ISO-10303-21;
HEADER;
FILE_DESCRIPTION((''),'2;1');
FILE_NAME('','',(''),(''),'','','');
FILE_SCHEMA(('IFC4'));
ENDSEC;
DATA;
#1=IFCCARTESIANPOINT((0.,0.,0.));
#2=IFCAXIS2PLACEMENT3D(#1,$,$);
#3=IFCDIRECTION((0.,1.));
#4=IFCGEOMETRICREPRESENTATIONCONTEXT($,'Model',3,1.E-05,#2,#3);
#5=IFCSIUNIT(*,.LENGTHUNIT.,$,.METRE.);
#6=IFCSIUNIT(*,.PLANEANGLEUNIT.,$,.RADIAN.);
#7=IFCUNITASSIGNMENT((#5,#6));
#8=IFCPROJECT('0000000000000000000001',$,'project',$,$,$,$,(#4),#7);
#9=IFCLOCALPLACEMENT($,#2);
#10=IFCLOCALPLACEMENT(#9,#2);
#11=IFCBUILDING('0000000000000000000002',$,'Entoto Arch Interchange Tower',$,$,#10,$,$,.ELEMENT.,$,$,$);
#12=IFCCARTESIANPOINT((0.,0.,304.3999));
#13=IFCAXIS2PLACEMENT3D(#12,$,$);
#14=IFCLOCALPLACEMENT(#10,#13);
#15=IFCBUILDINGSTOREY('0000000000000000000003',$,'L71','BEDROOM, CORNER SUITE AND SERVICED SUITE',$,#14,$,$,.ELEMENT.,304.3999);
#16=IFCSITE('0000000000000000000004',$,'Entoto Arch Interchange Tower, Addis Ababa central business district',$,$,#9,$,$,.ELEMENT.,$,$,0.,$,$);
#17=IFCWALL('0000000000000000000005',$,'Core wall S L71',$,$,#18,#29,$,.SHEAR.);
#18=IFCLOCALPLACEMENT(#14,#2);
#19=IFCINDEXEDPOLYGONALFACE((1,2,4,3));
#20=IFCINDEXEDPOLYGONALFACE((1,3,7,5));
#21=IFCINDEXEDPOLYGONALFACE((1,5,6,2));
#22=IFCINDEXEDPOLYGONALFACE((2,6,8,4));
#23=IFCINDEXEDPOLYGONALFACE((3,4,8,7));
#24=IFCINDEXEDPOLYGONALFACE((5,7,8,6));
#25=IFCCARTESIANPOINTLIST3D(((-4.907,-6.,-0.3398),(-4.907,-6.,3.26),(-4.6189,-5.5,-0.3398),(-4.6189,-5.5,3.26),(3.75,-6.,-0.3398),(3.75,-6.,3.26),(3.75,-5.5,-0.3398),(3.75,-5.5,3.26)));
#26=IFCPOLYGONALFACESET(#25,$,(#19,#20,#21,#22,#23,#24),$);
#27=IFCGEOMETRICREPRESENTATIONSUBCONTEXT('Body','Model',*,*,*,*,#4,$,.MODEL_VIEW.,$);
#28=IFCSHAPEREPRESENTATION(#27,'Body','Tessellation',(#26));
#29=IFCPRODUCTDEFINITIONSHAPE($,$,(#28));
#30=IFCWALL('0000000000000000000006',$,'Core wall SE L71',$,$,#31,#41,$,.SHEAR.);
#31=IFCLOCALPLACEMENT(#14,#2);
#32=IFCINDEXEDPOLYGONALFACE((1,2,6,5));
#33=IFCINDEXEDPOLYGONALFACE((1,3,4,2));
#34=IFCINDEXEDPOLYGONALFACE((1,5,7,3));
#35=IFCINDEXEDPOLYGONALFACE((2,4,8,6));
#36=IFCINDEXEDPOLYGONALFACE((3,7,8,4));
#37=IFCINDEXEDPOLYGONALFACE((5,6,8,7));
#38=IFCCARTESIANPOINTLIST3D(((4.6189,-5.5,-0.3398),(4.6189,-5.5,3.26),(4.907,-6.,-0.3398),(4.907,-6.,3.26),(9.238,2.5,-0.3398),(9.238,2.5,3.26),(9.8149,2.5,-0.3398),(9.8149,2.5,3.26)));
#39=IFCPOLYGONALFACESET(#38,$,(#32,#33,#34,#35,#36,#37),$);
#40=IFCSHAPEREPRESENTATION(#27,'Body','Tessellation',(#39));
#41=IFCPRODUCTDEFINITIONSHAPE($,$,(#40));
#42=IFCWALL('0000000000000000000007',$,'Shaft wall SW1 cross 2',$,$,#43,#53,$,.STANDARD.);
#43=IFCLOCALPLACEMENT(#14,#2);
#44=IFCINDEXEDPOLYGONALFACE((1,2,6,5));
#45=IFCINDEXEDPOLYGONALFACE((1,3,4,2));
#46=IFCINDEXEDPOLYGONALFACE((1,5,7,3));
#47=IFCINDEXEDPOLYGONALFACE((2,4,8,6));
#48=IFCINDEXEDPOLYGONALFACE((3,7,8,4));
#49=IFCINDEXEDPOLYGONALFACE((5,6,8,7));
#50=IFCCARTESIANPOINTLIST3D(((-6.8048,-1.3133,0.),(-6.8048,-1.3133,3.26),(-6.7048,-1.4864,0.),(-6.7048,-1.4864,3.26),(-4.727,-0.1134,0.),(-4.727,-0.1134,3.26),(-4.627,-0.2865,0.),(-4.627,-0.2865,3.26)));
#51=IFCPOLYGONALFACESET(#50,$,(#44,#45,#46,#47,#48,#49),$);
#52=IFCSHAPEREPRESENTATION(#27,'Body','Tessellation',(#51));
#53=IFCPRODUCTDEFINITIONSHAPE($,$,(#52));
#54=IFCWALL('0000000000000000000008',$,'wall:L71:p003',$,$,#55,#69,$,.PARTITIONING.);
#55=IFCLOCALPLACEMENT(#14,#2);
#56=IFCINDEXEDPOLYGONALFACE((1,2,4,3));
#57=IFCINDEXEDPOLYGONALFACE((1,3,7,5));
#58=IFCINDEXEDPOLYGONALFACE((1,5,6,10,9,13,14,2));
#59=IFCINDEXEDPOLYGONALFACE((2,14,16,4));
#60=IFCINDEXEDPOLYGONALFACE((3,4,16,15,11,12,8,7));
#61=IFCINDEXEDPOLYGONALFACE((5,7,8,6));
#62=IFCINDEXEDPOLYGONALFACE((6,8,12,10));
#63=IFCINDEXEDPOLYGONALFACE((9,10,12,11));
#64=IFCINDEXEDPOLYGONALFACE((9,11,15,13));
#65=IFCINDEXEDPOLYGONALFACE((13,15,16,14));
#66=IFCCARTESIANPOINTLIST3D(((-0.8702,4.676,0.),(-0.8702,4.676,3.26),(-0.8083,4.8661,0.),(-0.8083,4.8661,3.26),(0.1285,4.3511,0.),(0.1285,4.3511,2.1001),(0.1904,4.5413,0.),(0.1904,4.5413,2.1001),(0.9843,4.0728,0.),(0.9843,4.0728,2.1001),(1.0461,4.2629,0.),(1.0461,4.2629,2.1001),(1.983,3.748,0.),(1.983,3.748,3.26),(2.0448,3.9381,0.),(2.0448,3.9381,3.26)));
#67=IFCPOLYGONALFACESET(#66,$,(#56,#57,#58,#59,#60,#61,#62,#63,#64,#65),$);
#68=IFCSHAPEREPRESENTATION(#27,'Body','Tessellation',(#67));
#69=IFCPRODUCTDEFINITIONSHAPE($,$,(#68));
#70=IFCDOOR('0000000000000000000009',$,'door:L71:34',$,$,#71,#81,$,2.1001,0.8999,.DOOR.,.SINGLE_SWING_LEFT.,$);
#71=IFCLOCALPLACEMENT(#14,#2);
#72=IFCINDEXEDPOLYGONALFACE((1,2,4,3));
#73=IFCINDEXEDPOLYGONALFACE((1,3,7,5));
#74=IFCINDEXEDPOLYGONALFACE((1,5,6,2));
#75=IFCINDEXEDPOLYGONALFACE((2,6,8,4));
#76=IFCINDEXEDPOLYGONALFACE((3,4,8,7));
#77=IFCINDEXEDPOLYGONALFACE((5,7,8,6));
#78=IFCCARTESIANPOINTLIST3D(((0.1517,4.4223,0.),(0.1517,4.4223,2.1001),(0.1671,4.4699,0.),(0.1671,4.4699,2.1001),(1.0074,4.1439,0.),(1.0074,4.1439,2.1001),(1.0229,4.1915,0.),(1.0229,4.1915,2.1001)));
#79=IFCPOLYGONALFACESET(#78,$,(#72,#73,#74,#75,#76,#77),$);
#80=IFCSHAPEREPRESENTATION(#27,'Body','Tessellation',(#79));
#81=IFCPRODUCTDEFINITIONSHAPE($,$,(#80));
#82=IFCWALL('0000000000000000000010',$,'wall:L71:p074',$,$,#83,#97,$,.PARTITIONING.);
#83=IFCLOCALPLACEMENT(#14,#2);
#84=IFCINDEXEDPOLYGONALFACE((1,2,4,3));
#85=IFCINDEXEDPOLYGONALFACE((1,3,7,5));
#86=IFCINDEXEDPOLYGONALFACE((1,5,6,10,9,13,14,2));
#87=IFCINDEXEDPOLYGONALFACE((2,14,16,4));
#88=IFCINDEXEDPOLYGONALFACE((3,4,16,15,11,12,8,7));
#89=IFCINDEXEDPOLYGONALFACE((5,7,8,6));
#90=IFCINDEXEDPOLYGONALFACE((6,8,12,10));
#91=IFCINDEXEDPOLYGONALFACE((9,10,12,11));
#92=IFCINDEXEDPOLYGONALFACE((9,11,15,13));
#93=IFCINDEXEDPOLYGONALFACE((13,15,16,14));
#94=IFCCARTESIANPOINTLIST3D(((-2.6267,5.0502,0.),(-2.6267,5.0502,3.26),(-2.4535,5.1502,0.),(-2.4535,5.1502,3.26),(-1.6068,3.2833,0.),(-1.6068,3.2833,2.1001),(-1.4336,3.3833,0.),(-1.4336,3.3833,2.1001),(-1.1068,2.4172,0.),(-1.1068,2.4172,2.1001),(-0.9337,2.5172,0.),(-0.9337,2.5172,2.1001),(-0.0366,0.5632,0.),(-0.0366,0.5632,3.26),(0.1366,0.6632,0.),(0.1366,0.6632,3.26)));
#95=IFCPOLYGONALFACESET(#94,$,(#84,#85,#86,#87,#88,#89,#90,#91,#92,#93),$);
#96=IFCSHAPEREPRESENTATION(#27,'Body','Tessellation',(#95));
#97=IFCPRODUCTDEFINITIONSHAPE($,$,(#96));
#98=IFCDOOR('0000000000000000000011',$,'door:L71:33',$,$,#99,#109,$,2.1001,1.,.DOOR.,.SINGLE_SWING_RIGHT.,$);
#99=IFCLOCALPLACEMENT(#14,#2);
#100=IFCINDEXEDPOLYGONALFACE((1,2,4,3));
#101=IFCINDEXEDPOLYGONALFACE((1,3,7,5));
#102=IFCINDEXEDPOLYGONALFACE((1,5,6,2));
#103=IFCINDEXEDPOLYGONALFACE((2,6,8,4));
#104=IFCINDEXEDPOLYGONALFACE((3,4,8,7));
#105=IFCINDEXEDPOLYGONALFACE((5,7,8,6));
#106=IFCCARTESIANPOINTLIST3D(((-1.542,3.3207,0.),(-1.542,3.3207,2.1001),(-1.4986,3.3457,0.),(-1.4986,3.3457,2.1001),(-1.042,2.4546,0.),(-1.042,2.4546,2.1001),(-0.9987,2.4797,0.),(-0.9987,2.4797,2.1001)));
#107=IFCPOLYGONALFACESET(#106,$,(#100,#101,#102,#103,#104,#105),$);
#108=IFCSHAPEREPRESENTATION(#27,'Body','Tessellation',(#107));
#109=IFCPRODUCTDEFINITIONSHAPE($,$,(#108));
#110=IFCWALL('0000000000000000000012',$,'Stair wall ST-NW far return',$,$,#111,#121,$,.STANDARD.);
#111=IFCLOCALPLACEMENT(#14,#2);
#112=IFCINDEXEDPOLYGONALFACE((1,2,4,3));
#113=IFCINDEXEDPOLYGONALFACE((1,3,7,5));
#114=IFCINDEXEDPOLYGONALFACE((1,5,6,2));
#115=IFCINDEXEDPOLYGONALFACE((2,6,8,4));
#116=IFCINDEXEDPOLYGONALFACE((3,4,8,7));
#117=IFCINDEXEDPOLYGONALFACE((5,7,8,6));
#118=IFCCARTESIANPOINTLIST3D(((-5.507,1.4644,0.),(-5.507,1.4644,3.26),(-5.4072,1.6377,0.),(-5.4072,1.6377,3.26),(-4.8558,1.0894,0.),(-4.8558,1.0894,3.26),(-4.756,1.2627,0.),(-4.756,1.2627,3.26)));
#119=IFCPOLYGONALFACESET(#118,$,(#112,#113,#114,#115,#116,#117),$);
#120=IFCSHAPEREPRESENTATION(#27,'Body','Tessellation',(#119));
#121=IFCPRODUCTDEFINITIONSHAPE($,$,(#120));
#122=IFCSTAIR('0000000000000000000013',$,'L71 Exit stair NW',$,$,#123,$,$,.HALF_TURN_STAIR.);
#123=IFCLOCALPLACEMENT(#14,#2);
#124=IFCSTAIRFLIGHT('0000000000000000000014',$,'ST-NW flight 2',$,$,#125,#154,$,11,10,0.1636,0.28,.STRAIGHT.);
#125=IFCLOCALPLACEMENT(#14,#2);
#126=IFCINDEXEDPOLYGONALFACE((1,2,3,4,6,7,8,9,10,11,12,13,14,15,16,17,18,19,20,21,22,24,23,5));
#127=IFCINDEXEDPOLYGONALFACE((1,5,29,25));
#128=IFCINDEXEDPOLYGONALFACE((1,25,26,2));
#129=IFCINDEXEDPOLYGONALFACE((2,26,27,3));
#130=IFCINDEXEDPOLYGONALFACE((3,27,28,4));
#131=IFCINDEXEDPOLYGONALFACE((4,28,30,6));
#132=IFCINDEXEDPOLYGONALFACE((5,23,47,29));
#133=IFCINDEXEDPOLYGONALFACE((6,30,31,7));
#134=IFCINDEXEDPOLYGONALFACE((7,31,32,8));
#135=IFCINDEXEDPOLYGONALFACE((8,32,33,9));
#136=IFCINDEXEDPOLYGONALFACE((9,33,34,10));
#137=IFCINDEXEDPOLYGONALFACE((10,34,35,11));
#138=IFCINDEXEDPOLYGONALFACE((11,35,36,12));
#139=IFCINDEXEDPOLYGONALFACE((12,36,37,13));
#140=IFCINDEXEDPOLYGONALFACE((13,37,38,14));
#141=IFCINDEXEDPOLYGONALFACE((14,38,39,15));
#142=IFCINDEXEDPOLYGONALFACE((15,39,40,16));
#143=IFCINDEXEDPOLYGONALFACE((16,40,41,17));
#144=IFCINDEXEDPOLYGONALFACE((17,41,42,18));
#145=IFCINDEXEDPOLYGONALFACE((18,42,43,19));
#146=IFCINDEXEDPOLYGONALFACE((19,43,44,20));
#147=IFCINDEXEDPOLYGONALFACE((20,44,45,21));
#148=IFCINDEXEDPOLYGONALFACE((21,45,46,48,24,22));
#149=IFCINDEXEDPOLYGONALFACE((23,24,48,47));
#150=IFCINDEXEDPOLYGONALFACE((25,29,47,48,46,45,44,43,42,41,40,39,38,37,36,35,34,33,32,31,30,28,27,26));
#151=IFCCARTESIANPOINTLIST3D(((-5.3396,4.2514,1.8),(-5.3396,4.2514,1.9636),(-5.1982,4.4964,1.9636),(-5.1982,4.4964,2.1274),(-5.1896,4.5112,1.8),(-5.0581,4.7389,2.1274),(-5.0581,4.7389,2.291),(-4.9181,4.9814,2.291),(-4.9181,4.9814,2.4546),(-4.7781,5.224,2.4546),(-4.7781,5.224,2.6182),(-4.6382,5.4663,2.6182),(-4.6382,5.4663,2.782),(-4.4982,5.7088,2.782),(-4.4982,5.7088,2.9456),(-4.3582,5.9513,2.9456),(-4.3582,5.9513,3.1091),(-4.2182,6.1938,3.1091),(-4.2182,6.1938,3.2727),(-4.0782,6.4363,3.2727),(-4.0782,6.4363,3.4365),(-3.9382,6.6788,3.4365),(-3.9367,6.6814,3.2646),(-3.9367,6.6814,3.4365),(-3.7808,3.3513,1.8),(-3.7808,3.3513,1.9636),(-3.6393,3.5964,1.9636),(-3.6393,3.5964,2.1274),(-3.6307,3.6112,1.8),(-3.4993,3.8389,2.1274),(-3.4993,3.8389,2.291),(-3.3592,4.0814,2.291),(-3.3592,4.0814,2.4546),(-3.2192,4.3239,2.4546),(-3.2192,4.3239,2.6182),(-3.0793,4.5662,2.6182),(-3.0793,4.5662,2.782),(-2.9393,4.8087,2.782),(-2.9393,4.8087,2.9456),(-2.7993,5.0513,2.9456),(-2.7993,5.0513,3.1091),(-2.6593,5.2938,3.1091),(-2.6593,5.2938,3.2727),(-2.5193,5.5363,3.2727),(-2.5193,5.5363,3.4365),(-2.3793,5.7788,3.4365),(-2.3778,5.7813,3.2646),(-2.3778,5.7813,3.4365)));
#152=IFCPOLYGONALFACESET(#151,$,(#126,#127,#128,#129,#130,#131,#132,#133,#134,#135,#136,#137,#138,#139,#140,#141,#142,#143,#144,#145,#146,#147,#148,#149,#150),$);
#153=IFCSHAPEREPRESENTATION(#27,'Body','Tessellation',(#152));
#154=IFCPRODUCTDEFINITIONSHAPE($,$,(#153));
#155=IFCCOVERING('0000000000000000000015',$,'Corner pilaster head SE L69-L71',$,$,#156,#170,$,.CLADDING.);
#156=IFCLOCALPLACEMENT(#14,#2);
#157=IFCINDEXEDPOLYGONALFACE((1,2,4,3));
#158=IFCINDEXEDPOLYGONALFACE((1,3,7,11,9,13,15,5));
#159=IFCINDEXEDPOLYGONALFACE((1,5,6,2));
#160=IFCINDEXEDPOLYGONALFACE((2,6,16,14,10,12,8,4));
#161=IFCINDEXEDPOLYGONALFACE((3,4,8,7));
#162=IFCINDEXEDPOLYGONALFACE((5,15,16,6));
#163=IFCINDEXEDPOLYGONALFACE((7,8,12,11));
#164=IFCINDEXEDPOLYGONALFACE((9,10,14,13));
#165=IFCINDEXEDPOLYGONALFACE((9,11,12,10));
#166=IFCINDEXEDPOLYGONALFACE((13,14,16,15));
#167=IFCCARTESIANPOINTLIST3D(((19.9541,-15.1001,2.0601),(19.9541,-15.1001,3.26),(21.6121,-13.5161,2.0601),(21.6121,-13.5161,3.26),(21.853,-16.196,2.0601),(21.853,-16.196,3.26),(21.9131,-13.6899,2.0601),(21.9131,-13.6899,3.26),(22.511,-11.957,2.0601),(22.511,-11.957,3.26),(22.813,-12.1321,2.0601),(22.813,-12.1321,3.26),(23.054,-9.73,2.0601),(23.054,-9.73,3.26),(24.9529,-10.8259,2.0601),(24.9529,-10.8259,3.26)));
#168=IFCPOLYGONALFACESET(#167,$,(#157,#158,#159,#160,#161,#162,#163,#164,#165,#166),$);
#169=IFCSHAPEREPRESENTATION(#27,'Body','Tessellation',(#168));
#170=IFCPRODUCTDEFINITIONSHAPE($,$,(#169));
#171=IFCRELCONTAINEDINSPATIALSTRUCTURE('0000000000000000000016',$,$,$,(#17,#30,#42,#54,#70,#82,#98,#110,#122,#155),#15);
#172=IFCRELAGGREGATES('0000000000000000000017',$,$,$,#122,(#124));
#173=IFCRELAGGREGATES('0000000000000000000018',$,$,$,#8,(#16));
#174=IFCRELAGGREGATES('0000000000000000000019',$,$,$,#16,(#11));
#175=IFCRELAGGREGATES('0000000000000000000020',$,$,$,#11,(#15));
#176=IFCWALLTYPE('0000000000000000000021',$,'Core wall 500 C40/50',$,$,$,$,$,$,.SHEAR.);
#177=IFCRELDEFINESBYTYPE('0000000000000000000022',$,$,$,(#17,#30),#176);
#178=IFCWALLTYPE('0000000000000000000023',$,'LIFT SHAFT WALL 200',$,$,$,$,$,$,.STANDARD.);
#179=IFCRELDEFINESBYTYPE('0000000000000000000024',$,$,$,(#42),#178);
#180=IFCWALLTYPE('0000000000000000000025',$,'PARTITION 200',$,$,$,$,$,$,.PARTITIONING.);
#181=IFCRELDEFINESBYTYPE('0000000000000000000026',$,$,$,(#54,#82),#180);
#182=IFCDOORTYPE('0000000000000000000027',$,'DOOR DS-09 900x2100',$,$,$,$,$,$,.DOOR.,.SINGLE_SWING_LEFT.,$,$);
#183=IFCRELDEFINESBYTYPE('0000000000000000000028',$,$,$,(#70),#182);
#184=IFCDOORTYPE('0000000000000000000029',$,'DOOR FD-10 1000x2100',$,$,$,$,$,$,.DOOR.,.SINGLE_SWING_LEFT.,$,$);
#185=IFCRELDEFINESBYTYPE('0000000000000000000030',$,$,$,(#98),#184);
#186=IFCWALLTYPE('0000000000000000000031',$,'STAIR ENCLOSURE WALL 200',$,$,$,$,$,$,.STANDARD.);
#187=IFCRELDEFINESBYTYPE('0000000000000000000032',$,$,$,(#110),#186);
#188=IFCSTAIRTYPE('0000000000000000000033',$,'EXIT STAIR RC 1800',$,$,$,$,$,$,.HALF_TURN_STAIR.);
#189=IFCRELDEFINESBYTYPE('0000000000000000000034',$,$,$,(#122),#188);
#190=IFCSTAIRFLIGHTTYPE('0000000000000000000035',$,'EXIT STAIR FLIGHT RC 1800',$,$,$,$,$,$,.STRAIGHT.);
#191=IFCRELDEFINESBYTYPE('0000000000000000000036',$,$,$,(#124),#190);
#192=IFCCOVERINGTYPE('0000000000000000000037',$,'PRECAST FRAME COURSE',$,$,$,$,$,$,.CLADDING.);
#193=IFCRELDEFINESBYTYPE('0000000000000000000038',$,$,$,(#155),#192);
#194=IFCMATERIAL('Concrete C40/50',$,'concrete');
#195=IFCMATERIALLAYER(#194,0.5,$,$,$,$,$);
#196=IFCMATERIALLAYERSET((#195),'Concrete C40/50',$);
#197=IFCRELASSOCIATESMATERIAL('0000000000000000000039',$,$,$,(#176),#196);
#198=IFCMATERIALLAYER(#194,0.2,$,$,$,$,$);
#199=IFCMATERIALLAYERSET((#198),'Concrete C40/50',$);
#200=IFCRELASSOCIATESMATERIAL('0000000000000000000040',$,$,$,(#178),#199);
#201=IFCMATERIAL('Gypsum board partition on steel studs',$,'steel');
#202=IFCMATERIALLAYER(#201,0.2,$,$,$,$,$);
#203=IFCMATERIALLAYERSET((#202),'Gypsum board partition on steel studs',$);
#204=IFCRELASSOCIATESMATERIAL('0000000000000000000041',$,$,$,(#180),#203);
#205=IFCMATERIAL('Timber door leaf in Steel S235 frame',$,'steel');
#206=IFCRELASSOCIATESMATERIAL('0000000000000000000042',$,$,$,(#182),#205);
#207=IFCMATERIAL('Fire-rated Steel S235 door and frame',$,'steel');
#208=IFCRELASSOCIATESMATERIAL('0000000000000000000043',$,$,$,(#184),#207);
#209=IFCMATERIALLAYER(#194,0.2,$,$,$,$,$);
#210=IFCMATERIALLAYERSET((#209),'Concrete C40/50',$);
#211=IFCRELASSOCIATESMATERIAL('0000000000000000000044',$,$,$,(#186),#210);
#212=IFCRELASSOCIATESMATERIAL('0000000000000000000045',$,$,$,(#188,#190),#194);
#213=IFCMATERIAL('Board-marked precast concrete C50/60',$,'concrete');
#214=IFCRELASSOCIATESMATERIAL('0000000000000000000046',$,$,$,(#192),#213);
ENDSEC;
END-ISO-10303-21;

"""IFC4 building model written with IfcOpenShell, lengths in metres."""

from ifc_helpers import new_model, si_unit, direction, frame, frame_2d, origin, place, context, subcontext, project, spatial, polyline, rectangle, outline, extrude, material, layer, layer_set, type_object, element, fill, aggregate, save


model = new_model("IFC4")

# Units and contexts
model_context = context("Model", 3, precision=1e-05, world=origin(), true_north=direction((0.0, 1.0)))
body_context = subcontext(model_context, "Body", "Model", "MODEL_VIEW")
ifc_project = project(units=[si_unit("LENGTHUNIT", "METRE"), si_unit("PLANEANGLEUNIT", "RADIAN")], contexts=[model_context])

# Site, building, storey
site_placement = place(None, origin())
site = spatial("IfcSite", under=ifc_project, at=site_placement, Name="Entoto Arch Interchange Tower, Addis Ababa central business district", CompositionType="ELEMENT", RefElevation=0.0)
building_placement = place(site_placement, origin())
building = spatial("IfcBuilding", under=site, at=building_placement, Name="Entoto Arch Interchange Tower", CompositionType="ELEMENT")
storey_placement = place(building_placement, frame((0.0, 0.0, 304.3999)))
storey = spatial("IfcBuildingStorey", under=building, at=storey_placement, Name="L71", Description="BEDROOM, CORNER SUITE AND SERVICED SUITE", CompositionType="ELEMENT", Elevation=304.3999)

# Shared definitions
ifc_material_1 = material(Name="Board-marked precast concrete C50/60", Category="concrete")
ifc_material_2 = material(Name="Concrete C40/50", Category="concrete")

# Walls
ifc_layer_1 = layer(ifc_material_2, 0.5)
ifc_layer_set_1 = layer_set([ifc_layer_1], Name="Concrete C40/50")
wall_type_1 = type_object("IfcWallType", Name="Core wall 500 C40/50", PredefinedType="SHEAR", material=ifc_layer_set_1)
wall_1_placement = place(storey_placement, frame((0.0, 0.0, -0.3398)))
element("IfcWall", 1, at=wall_1_placement, inside=storey, type_object=wall_type_1, Name="Core wall S L71", PredefinedType="SHEAR", context=body_context, shape_type="SweptSolid", body=[
    extrude(outline(polyline([(3.75, -6.0), (3.75, -5.5), (-4.6189, -5.5), (-4.907, -6.0), (3.75, -6.0)])), origin(), (0.0, 0.0, 1.0), 3.5999),
])
wall_2_placement = place(storey_placement, frame((0.0, 0.0, -0.3398)))
element("IfcWall", 2, at=wall_2_placement, inside=storey, type_object=wall_type_1, Name="Core wall SE L71", PredefinedType="SHEAR", context=body_context, shape_type="SweptSolid", body=[
    extrude(outline(polyline([(4.907, -6.0), (9.8149, 2.5), (9.238, 2.5), (4.6189, -5.5), (4.907, -6.0)])), origin(), (0.0, 0.0, 1.0), 3.5999),
])
ifc_layer_2 = layer(ifc_material_2, 0.2)
ifc_layer_set_2 = layer_set([ifc_layer_2], Name="Concrete C40/50")
wall_type_2 = type_object("IfcWallType", Name="LIFT SHAFT WALL 200", PredefinedType="STANDARD", material=ifc_layer_set_2)
wall_3_placement = place(storey_placement, frame((-4.677, -0.2, 0.0), z_axis=(0.0, 0.0, 1.0), x_axis=(-0.865974, -0.500089, 0.0)))
element("IfcWall", 3, at=wall_3_placement, inside=storey, type_object=wall_type_2, Name="Shaft wall SW1 cross 2", PredefinedType="STANDARD", context=body_context, shape_type="SweptSolid", body=[
    extrude(rectangle(XDim=2.3994, YDim=0.2, at=frame_2d((1.1997, 0.0))), origin(), (0.0, 0.0, 1.0), 3.26),
])

# Walls, openings, doors
ifc_material_3 = material(Name="Gypsum board partition on steel studs", Category="steel")
ifc_layer_3 = layer(ifc_material_3, 0.2)
ifc_layer_set_3 = layer_set([ifc_layer_3], Name="Gypsum board partition on steel studs")
wall_type_3 = type_object("IfcWallType", Name="PARTITION 200", PredefinedType="PARTITIONING", material=ifc_layer_set_3)
wall_4_placement = place(storey_placement, frame((-0.8391, 4.771, 0.0), z_axis=(0.0, 0.0, 1.0), x_axis=(0.950961, -0.309311, 0.0)))
wall_4 = element("IfcWall", 4, at=wall_4_placement, inside=storey, type_object=wall_type_3, Name="wall:L71:p003", PredefinedType="PARTITIONING", context=body_context, shape_type="SweptSolid", body=[
    extrude(rectangle(XDim=3.0002, YDim=0.2, at=frame_2d((1.5, 0.0))), origin(), (0.0, 0.0, 1.0), 3.26),
])
opening_1_placement = place(wall_4_placement, frame((1.05, 0.0, 0.0)))
opening_1 = element("IfcOpeningElement", 5, at=opening_1_placement, cuts=wall_4, PredefinedType="OPENING", context=body_context, shape_type="SweptSolid", body=[
    extrude(rectangle(XDim=0.8999, YDim=2.1001, at=frame_2d((0.45, 1.05))), frame((0.0, 0.1099, 0.0), z_axis=(0.0, -1.0, 0.0), x_axis=(1.0, 0.0, 0.0)), (0.0, 0.0, 1.0), 0.22),
])
ifc_material_4 = material(Name="Timber door leaf in Steel S235 frame", Category="steel")
door_type_1 = type_object("IfcDoorType", Name="DOOR DS-09 900x2100", OperationType="SINGLE_SWING_LEFT", PredefinedType="DOOR", material=ifc_material_4)
door_1_placement = place(opening_1_placement, origin())
door_1 = element("IfcDoor", 6, at=door_1_placement, inside=storey, type_object=door_type_1, Name="door:L71:34", OperationType="SINGLE_SWING_LEFT", OverallHeight=2.1001, OverallWidth=0.8999, PredefinedType="DOOR", context=body_context, shape_type="SweptSolid", body=[
    extrude(rectangle(XDim=0.8999, YDim=2.1001, at=frame_2d((0.45, 1.05))), frame((0.0, 0.0249, 0.0), z_axis=(0.0, -1.0, 0.0), x_axis=(1.0, 0.0, 0.0)), (0.0, 0.0, 1.0), 0.05),
])
fill(opening_1, door_1)
wall_5_placement = place(storey_placement, frame((-2.54, 5.1001, 0.0), z_axis=(0.0, 0.0, 1.0), x_axis=(0.499925, -0.866069, 0.0)))
wall_5 = element("IfcWall", 7, at=wall_5_placement, inside=storey, type_object=wall_type_3, Name="wall:L71:p074", PredefinedType="PARTITIONING", context=body_context, shape_type="SweptSolid", body=[
    extrude(rectangle(XDim=5.1809, YDim=0.2, at=frame_2d((2.5903, 0.0))), origin(), (0.0, 0.0, 1.0), 3.26),
])
opening_2_placement = place(wall_5_placement, frame((2.04, 0.0, 0.0)))
opening_2 = element("IfcOpeningElement", 8, at=opening_2_placement, cuts=wall_5, PredefinedType="OPENING", context=body_context, shape_type="SweptSolid", body=[
    extrude(rectangle(XDim=1.0, YDim=2.1001, at=frame_2d((0.5, 1.05))), frame((0.0, 0.1099, 0.0), z_axis=(0.0, -1.0, 0.0), x_axis=(1.0, 0.0, 0.0)), (0.0, 0.0, 1.0), 0.22),
])
ifc_material_5 = material(Name="Fire-rated Steel S235 door and frame", Category="steel")
door_type_2 = type_object("IfcDoorType", Name="DOOR FD-10 1000x2100", OperationType="SINGLE_SWING_LEFT", PredefinedType="DOOR", material=ifc_material_5)
door_2_placement = place(opening_2_placement, origin())
door_2 = element("IfcDoor", 9, at=door_2_placement, inside=storey, type_object=door_type_2, Name="door:L71:33", OperationType="SINGLE_SWING_RIGHT", OverallHeight=2.1001, OverallWidth=1.0, PredefinedType="DOOR", context=body_context, shape_type="SweptSolid", body=[
    extrude(rectangle(XDim=1.0, YDim=2.1001, at=frame_2d((0.5, 1.05))), frame((0.0, 0.0249, 0.0), z_axis=(0.0, -1.0, 0.0), x_axis=(1.0, 0.0, 0.0)), (0.0, 0.0, 1.0), 0.05),
])
fill(opening_2, door_2)

# Wall
ifc_layer_4 = layer(ifc_material_2, 0.2)
ifc_layer_set_4 = layer_set([ifc_layer_4], Name="Concrete C40/50")
wall_type_4 = type_object("IfcWallType", Name="STAIR ENCLOSURE WALL 200", PredefinedType="STANDARD", material=ifc_layer_set_4)
wall_6_placement = place(storey_placement, frame((-4.8059, 1.176, 0.0), z_axis=(0.0, 0.0, 1.0), x_axis=(-0.866559, 0.499075, 0.0)))
element("IfcWall", 10, at=wall_6_placement, inside=storey, type_object=wall_type_4, Name="Stair wall ST-NW far return", PredefinedType="STANDARD", context=body_context, shape_type="SweptSolid", body=[
    extrude(rectangle(XDim=0.7515, YDim=0.2, at=frame_2d((0.3757, 0.0))), origin(), (0.0, 0.0, 1.0), 3.26),
])

# Stair, stair flight
stair_type = type_object("IfcStairType", Name="EXIT STAIR RC 1800", PredefinedType="HALF_TURN_STAIR", material=ifc_material_2)
stair_placement = place(storey_placement, origin())
stair = element("IfcStair", 11, at=stair_placement, inside=storey, type_object=stair_type, Name="L71 Exit stair NW", PredefinedType="HALF_TURN_STAIR")
stair_flight_type = type_object("IfcStairFlightType", Name="EXIT STAIR FLIGHT RC 1800", PredefinedType="STRAIGHT", material=ifc_material_2)
stair_flight_placement = place(storey_placement, frame((-4.5588, 3.804, 1.8), z_axis=(0.0, 0.0, 1.0), x_axis=(0.5, 0.866025, 0.0)))
stair_flight = element("IfcStairFlight", 12, at=stair_flight_placement, type_object=stair_flight_type, Name="ST-NW flight 2", NumberOfRisers=11, NumberOfTreads=10, PredefinedType="STRAIGHT", RiserHeight=0.1636, TreadLength=0.28, context=body_context, shape_type="SweptSolid", body=[
    extrude(outline(polyline([(-0.0029, 0.0), (-0.0029, 0.1636), (0.28, 0.1636), (0.28, 0.3274), (0.5601, 0.3274), (0.5601, 0.491), (0.8401, 0.491), (0.8401, 0.6545), (1.1201, 0.6545), (1.1201, 0.8181), (1.3999, 0.8181), (1.3999, 0.9819), (1.6799, 0.9819), (1.6799, 1.1455), (1.96, 1.1455), (1.96, 1.3091), (2.24, 1.3091), (2.24, 1.4727), (2.52, 1.4727), (2.52, 1.6365), (2.8, 1.6365), (2.803, 1.6365), (2.803, 1.4646), (0.2971, 0.0), (-0.0029, 0.0)])), frame((0.0, 0.8999, 0.0), z_axis=(0.0, -1.0, 0.0), x_axis=(1.0, 0.0, 0.0)), (0.0, 0.0, 1.0), 1.8),
])
aggregate(stair, [stair_flight])

# Covering
covering_type = type_object("IfcCoveringType", Name="PRECAST FRAME COURSE", PredefinedType="CLADDING", material=ifc_material_1)
covering_1_placement = place(storey_placement, frame((0.0, 0.0, 2.0601)))
element("IfcCovering", 13, at=covering_1_placement, inside=storey, type_object=covering_type, Name="Corner pilaster head SE L69-L71", PredefinedType="CLADDING", context=body_context, shape_type="SweptSolid", body=[
    extrude(outline(polyline([(24.9529, -10.8259), (21.853, -16.196), (19.9541, -15.1001), (21.6121, -13.5161), (21.9131, -13.6899), (22.813, -12.1321), (22.511, -11.957), (23.054, -9.73), (24.9529, -10.8259)])), origin(), (0.0, 0.0, 1.0), 1.2),
])

save(model, "model.ifc")
